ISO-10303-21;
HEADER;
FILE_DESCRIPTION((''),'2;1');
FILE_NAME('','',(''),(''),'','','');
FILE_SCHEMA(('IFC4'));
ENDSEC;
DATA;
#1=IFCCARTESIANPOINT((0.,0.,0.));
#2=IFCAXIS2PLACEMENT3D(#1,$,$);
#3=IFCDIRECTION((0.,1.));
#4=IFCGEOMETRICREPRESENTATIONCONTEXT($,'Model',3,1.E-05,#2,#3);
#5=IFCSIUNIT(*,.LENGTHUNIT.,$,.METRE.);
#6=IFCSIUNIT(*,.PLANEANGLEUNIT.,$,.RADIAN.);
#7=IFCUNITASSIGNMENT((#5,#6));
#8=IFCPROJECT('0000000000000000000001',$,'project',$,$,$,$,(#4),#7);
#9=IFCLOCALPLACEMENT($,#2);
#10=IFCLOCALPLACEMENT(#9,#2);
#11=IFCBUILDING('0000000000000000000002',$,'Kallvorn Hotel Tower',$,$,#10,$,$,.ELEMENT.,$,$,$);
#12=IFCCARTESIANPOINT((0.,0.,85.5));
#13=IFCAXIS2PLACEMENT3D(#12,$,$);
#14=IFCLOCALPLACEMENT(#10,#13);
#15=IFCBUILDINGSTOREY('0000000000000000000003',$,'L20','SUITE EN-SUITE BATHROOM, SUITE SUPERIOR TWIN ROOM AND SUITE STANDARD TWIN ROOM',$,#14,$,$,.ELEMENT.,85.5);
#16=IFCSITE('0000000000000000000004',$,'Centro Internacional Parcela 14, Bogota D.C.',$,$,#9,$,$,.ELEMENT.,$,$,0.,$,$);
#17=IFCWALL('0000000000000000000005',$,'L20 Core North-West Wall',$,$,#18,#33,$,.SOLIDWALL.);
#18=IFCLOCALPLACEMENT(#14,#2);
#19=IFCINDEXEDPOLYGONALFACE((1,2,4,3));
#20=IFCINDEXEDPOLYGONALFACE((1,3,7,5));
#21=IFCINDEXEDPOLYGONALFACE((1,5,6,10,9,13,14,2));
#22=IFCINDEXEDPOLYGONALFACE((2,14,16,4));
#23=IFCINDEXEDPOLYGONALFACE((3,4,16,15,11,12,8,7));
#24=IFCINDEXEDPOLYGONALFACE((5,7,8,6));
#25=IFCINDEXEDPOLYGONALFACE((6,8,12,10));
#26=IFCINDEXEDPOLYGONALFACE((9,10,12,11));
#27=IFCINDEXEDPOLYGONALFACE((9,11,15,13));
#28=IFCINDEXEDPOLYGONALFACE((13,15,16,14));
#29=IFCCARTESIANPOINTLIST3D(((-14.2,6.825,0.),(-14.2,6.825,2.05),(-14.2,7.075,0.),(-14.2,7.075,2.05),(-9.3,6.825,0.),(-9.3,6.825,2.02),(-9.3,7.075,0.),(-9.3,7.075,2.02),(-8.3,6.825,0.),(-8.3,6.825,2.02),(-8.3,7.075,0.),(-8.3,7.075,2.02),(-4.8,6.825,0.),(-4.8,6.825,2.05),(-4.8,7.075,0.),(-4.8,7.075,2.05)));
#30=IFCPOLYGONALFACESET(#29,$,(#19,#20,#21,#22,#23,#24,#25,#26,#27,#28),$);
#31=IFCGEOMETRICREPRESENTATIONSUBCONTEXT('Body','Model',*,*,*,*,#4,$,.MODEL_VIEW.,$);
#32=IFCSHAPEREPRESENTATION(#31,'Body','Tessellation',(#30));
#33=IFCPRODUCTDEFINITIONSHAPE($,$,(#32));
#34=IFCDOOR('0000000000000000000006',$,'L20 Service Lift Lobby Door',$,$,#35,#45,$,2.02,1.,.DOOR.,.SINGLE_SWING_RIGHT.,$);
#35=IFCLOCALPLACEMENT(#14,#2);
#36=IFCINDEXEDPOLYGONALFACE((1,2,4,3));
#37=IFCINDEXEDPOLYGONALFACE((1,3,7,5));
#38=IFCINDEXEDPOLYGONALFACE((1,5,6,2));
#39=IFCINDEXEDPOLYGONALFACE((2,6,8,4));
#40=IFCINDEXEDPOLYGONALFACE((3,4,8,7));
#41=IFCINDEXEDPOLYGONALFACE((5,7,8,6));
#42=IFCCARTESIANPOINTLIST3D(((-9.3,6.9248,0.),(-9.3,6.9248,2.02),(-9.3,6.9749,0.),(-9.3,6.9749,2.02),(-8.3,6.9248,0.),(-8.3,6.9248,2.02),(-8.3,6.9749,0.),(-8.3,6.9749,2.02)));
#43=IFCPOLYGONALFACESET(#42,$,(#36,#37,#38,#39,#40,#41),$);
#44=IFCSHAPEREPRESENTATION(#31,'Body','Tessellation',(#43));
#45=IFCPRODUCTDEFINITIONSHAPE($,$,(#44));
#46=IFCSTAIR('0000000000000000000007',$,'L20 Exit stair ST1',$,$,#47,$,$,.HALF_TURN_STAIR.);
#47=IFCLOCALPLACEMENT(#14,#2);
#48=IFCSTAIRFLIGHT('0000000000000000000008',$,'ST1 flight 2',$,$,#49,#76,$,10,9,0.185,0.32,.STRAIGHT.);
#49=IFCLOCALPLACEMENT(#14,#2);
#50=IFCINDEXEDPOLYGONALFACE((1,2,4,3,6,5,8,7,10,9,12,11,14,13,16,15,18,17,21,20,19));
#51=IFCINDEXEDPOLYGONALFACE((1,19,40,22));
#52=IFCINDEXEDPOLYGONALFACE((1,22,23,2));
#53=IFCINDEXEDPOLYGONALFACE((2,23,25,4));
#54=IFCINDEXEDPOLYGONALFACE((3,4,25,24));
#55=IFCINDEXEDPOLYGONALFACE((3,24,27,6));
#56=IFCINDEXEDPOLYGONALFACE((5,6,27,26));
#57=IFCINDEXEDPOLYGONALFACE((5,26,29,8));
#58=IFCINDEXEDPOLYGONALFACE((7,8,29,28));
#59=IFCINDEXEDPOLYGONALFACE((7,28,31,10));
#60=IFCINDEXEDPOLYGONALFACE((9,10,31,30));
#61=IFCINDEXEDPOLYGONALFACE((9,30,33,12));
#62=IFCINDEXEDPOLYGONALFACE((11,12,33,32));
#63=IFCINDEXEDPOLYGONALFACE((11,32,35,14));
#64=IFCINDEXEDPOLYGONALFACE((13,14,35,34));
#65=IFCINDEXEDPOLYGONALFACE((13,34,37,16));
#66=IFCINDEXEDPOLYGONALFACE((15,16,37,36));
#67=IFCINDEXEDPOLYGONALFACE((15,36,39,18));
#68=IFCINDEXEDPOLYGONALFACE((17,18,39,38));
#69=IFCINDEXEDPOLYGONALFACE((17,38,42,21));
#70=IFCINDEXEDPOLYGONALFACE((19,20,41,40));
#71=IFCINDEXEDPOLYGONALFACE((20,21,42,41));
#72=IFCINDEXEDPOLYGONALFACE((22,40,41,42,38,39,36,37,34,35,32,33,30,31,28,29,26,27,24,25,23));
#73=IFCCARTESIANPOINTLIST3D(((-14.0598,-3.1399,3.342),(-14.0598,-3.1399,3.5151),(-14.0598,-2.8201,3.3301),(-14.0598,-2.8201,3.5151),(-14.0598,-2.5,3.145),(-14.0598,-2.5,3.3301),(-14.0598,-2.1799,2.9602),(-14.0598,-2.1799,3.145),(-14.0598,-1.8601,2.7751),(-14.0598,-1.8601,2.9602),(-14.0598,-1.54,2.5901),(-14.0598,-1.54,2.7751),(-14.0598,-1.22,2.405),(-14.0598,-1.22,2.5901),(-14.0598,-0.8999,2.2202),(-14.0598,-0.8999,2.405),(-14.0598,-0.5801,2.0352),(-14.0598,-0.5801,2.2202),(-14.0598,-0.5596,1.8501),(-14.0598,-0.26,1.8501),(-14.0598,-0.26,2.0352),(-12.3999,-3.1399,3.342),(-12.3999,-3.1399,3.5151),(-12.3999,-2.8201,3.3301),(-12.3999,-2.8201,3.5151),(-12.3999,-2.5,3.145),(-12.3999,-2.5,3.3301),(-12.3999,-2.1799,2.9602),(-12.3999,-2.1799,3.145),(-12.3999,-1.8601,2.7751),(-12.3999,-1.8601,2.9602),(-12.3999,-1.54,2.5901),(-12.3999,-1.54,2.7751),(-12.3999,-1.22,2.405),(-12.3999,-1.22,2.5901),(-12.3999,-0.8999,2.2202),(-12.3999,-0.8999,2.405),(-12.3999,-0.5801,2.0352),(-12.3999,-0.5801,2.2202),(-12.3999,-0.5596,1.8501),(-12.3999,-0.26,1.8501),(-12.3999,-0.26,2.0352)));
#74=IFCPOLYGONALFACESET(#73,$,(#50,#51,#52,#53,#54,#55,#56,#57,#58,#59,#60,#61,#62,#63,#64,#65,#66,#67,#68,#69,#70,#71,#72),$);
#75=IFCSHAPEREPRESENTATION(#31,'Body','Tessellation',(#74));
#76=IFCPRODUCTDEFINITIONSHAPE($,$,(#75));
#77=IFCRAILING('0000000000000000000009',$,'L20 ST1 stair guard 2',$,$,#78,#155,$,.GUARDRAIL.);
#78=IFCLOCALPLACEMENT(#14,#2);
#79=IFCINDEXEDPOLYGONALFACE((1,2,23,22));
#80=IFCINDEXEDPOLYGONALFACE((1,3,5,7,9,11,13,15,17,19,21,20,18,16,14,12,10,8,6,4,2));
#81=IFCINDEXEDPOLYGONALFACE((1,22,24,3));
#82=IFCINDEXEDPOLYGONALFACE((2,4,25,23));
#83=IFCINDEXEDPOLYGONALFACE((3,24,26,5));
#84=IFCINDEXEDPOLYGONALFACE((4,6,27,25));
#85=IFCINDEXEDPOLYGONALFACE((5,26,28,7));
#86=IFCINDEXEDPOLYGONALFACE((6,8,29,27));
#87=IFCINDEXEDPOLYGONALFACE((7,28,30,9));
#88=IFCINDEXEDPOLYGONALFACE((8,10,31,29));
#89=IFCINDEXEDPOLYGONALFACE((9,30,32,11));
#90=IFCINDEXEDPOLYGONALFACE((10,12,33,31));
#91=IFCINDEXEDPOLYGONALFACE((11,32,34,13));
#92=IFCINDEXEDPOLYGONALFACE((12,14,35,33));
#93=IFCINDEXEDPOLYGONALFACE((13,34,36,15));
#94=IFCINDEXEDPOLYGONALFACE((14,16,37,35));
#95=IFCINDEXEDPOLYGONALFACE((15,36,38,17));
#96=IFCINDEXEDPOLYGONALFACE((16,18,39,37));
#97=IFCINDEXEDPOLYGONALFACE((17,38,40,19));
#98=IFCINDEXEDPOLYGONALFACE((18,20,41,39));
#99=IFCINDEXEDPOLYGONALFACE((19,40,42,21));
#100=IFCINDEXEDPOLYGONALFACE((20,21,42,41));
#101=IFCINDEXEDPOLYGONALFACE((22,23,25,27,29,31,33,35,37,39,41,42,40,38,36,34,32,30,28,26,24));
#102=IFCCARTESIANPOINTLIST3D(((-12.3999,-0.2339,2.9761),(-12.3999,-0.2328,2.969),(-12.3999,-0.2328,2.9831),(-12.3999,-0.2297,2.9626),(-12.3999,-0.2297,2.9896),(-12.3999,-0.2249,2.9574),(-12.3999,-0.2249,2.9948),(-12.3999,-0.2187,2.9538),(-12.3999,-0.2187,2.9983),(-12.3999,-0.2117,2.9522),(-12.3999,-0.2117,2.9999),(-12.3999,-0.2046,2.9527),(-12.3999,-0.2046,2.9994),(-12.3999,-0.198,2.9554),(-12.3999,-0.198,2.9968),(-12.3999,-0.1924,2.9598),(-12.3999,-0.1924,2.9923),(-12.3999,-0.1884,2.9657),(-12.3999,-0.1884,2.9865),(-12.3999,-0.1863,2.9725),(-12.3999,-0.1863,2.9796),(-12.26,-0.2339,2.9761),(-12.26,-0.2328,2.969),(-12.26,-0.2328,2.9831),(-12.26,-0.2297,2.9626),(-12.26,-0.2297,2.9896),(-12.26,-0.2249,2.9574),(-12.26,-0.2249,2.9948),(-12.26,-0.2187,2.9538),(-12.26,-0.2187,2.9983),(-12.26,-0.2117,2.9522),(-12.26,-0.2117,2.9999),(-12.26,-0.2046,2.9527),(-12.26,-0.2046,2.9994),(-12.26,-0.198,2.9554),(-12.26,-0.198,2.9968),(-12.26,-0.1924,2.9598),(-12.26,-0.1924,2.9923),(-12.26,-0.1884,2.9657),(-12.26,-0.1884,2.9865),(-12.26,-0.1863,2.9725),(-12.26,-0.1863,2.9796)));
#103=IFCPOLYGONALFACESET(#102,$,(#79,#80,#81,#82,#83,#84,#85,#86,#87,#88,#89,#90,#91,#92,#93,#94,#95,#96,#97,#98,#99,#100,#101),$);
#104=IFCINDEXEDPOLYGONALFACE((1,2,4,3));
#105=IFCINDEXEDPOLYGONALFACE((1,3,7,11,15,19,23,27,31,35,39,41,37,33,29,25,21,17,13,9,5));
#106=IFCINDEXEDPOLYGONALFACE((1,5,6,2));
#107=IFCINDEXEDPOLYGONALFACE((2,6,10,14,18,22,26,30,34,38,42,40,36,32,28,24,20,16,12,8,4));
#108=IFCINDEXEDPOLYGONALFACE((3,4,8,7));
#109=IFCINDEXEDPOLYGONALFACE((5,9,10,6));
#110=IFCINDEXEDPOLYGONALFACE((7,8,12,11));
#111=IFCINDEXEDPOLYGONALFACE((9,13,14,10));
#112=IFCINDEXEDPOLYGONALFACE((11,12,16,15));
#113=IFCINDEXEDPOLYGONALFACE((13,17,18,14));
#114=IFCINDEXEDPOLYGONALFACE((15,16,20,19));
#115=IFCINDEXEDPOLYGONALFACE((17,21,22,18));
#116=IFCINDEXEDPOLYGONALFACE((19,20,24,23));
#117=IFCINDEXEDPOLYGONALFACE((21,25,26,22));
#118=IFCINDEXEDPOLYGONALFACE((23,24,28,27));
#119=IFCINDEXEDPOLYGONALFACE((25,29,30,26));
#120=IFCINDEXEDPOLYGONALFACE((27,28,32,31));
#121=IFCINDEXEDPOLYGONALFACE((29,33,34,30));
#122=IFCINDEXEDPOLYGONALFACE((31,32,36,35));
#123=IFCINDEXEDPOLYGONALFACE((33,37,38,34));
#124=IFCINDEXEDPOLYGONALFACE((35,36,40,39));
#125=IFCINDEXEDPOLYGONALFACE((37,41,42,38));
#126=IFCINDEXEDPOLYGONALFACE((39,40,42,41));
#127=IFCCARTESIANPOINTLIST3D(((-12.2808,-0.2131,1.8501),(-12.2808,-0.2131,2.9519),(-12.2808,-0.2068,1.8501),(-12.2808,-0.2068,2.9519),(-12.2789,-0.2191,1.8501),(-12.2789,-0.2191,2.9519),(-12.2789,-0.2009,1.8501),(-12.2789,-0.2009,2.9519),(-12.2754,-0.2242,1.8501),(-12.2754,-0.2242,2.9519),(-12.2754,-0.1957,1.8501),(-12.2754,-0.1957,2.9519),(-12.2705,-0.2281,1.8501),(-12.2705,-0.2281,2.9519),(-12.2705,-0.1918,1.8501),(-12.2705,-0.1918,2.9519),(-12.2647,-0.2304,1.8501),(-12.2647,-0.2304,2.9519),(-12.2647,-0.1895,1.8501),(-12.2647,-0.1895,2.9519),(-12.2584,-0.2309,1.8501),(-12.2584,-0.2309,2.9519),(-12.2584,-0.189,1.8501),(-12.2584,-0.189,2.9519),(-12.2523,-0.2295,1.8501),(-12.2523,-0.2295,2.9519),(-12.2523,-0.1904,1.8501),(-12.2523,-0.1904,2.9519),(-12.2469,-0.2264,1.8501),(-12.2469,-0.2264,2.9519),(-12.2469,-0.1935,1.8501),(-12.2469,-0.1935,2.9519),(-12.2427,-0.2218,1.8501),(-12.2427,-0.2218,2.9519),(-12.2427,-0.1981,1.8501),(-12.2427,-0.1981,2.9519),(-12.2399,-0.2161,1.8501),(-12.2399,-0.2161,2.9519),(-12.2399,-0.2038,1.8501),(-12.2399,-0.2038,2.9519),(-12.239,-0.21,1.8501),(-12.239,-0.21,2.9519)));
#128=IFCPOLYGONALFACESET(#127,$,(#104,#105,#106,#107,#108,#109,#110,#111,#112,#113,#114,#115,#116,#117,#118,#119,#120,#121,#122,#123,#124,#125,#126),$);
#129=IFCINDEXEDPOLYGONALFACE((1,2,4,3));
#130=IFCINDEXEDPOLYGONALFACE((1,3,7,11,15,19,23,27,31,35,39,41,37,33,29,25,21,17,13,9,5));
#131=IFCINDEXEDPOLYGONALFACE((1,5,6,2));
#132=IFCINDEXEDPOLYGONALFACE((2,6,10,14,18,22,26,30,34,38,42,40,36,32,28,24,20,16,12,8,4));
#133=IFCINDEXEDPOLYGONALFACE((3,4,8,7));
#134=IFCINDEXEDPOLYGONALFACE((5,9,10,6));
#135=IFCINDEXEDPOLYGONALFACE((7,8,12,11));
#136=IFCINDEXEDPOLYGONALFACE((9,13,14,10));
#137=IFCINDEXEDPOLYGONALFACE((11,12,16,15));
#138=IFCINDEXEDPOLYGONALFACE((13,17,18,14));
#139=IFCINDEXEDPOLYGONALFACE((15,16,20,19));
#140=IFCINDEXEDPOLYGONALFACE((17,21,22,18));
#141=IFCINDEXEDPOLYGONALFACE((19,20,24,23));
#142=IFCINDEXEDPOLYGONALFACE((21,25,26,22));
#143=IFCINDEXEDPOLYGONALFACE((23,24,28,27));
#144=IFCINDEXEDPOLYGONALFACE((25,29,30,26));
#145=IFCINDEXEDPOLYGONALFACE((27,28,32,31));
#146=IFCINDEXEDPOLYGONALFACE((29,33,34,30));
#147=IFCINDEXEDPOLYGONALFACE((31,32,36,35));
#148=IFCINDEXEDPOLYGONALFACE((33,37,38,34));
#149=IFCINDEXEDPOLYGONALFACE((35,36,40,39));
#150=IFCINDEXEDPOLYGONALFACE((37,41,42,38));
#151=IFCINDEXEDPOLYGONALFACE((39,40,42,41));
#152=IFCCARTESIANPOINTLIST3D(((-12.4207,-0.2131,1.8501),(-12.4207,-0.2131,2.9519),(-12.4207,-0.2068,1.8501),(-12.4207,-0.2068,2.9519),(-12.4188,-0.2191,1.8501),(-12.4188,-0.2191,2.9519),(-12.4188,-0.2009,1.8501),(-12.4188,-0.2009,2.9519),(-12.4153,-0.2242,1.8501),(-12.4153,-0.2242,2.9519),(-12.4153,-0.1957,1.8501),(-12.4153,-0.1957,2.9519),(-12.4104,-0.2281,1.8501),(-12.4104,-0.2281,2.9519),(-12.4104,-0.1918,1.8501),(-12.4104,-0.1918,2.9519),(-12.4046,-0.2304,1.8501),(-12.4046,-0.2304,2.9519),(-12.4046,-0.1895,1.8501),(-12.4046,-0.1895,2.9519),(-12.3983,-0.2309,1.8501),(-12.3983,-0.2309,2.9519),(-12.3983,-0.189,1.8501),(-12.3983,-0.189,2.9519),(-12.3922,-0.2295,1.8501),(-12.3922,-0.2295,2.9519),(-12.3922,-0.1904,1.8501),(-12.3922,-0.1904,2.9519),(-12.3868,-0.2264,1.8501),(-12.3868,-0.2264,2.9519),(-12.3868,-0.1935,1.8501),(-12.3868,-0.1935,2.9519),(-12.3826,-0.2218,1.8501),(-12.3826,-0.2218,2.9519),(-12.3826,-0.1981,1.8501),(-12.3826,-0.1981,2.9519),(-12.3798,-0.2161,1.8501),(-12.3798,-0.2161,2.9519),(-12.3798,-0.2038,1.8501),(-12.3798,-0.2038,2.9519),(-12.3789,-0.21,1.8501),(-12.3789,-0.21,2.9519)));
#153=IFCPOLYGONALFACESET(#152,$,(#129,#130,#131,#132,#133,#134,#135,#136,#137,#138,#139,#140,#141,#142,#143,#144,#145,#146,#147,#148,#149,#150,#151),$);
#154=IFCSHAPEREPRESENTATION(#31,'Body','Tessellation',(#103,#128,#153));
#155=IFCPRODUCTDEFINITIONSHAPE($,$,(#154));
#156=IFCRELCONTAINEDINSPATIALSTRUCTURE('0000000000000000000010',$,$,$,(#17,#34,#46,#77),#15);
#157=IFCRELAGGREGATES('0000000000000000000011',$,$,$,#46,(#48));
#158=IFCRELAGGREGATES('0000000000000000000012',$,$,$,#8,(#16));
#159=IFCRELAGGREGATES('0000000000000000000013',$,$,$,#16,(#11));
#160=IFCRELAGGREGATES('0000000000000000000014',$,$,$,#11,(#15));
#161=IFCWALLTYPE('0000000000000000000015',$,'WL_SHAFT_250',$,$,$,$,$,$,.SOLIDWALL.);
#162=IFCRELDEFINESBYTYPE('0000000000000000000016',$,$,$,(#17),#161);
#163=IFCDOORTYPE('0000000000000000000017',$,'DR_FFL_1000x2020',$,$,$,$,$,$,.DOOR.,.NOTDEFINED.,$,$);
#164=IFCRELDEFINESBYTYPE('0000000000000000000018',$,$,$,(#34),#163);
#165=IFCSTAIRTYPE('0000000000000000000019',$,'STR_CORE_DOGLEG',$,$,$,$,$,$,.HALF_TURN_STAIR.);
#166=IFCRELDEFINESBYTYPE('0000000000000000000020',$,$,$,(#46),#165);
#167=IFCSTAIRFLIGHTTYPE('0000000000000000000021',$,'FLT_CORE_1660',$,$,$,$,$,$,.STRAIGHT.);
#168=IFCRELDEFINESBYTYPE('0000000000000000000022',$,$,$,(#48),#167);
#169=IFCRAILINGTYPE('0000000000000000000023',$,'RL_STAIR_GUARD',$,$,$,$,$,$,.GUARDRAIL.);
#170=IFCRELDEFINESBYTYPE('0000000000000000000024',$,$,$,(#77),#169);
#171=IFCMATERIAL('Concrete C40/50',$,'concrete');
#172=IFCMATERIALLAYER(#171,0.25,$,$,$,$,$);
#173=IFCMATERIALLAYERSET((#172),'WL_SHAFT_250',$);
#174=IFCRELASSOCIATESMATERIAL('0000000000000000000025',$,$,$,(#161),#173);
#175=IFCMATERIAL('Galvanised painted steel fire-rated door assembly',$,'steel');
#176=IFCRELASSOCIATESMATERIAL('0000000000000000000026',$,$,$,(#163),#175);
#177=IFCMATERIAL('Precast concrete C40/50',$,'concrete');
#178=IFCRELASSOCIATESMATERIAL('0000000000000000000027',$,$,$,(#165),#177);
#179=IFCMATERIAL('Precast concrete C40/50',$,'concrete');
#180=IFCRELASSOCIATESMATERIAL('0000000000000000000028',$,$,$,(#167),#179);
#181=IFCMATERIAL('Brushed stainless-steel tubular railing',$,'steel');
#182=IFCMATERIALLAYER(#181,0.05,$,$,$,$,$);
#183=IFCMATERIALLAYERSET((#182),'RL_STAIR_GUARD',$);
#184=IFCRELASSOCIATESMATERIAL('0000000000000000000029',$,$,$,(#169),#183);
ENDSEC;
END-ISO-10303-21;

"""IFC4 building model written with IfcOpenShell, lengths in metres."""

from ifc_helpers import new_model, si_unit, direction, frame, frame_2d, origin, origin_2d, place, context, subcontext, project, spatial, polyline, rectangle, circle, outline, extrude, material, layer, layer_set, type_object, element, fill, aggregate, save


model = new_model("IFC4")

# Units and contexts
model_context = context("Model", 3, precision=1e-05, world=origin(), true_north=direction((0.0, 1.0)))
body_context = subcontext(model_context, "Body", "Model", "MODEL_VIEW")
ifc_project = project(units=[si_unit("LENGTHUNIT", "METRE"), si_unit("PLANEANGLEUNIT", "RADIAN")], contexts=[model_context])

# Site, building, storey
site_placement = place(None, origin())
site = spatial("IfcSite", under=ifc_project, at=site_placement, Name="Centro Internacional Parcela 14, Bogota D.C.", CompositionType="ELEMENT", RefElevation=0.0)
building_placement = place(site_placement, origin())
building = spatial("IfcBuilding", under=site, at=building_placement, Name="Kallvorn Hotel Tower", CompositionType="ELEMENT")
storey_placement = place(building_placement, frame((0.0, 0.0, 85.5)))
storey = spatial("IfcBuildingStorey", under=building, at=storey_placement, Name="L20", Description="SUITE EN-SUITE BATHROOM, SUITE SUPERIOR TWIN ROOM AND SUITE STANDARD TWIN ROOM", CompositionType="ELEMENT", Elevation=85.5)

# Wall, opening, door
ifc_material_1 = material(Name="Concrete C40/50", Category="concrete")
ifc_layer_1 = layer(ifc_material_1, 0.25)
ifc_layer_set_1 = layer_set([ifc_layer_1], Name="WL_SHAFT_250")
wall_type_1 = type_object("IfcWallType", Name="WL_SHAFT_250", PredefinedType="SOLIDWALL", material=ifc_layer_set_1)
wall_1_placement = place(storey_placement, frame((-14.2, 6.95, 0.0), z_axis=(0.0, 0.0, 1.0), x_axis=(1.0, 0.0, 0.0)))
wall_1 = element("IfcWall", 1, at=wall_1_placement, inside=storey, type_object=wall_type_1, Name="L20 Core North-West Wall", PredefinedType="SOLIDWALL", context=body_context, shape_type="SweptSolid", body=[
    extrude(rectangle(XDim=9.3999, YDim=0.25, at=frame_2d((4.7, 0.0))), origin(), (0.0, 0.0, 1.0), 2.05),
])
opening_1_placement = place(wall_1_placement, frame((4.8999, 0.0, 0.0)))
opening_1 = element("IfcOpeningElement", 2, at=opening_1_placement, cuts=wall_1, PredefinedType="OPENING", context=body_context, shape_type="SweptSolid", body=[
    extrude(rectangle(XDim=1.0, YDim=2.02, at=frame_2d((0.5, 1.01))), frame((0.0, 0.1399, 0.0), z_axis=(0.0, -1.0, 0.0), x_axis=(1.0, 0.0, 0.0)), (0.0, 0.0, 1.0), 0.28),
])
ifc_material_2 = material(Name="Galvanised painted steel fire-rated door assembly", Category="steel")
door_type_1 = type_object("IfcDoorType", Name="DR_FFL_1000x2020", OperationType="NOTDEFINED", PredefinedType="DOOR", material=ifc_material_2)
door_1_placement = place(opening_1_placement, origin())
door_1 = element("IfcDoor", 3, at=door_1_placement, inside=storey, type_object=door_type_1, Name="L20 Service Lift Lobby Door", OperationType="SINGLE_SWING_RIGHT", OverallHeight=2.02, OverallWidth=1.0, PredefinedType="DOOR", context=body_context, shape_type="SweptSolid", body=[
    extrude(rectangle(XDim=1.0, YDim=2.02, at=frame_2d((0.5, 1.01))), frame((0.0, 0.0249, 0.0), z_axis=(0.0, -1.0, 0.0), x_axis=(1.0, 0.0, 0.0)), (0.0, 0.0, 1.0), 0.05),
])
fill(opening_1, door_1)

# Stair, stair flight
ifc_material_3 = material(Name="Precast concrete C40/50", Category="concrete")
stair_type = type_object("IfcStairType", Name="STR_CORE_DOGLEG", PredefinedType="HALF_TURN_STAIR", material=ifc_material_3)
stair_placement = place(storey_placement, origin())
stair = element("IfcStair", 4, at=stair_placement, inside=storey, type_object=stair_type, Name="L20 Exit stair ST1", PredefinedType="HALF_TURN_STAIR")
ifc_material_4 = material(Name="Precast concrete C40/50", Category="concrete")
stair_flight_type = type_object("IfcStairFlightType", Name="FLT_CORE_1660", PredefinedType="STRAIGHT", material=ifc_material_4)
stair_flight_placement = place(storey_placement, frame((-13.23, -0.26, 1.8501), z_axis=(0.0, 0.0, 1.0), x_axis=(0.0, -1.0, 0.0)))
stair_flight = element("IfcStairFlight", 5, at=stair_flight_placement, type_object=stair_flight_type, Name="ST1 flight 2", NumberOfRisers=10, NumberOfTreads=9, PredefinedType="STRAIGHT", RiserHeight=0.185, TreadLength=0.32, context=body_context, shape_type="SweptSolid", body=[
    extrude(outline(polyline([(0.0, 0.0), (0.0, 0.1851), (0.3201, 0.1851), (0.3201, 0.3701), (0.6399, 0.3701), (0.6399, 0.5549), (0.96, 0.5549), (0.96, 0.74), (1.28, 0.74), (1.28, 0.925), (1.6001, 0.925), (1.6001, 1.1101), (1.9199, 1.1101), (1.9199, 1.2949), (2.24, 1.2949), (2.24, 1.48), (2.5601, 1.48), (2.5601, 1.665), (2.8799, 1.665), (2.8799, 1.8501), (2.8799, 1.4919), (0.2996, 0.0), (0.0, 0.0)])), frame((0.0, 0.8301, 0.0), z_axis=(0.0, -1.0, 0.0), x_axis=(1.0, 0.0, 0.0)), (0.0, 0.0, 1.0), 1.6599),
])
aggregate(stair, [stair_flight])

# Railing
ifc_material_5 = material(Name="Brushed stainless-steel tubular railing", Category="steel")
ifc_layer_2 = layer(ifc_material_5, 0.05)
ifc_layer_set_2 = layer_set([ifc_layer_2], Name="RL_STAIR_GUARD")
railing_type_1 = type_object("IfcRailingType", Name="RL_STAIR_GUARD", PredefinedType="GUARDRAIL", material=ifc_layer_set_2)
railing_1_placement = place(storey_placement, frame((-12.26, -0.21, 1.8501)))
element("IfcRailing", 6, at=railing_1_placement, inside=storey, type_object=railing_type_1, Name="L20 ST1 stair guard 2", PredefinedType="GUARDRAIL", context=body_context, shape_type="SweptSolid", body=[
    extrude(circle(Radius=0.0239, at=origin_2d()), frame((0.0, 0.0, 1.126), z_axis=(-1.0, 0.0, 0.0), x_axis=(0.0, -1.0, 0.0)), (0.0, 0.0, 1.0), 0.1399),
    extrude(circle(Radius=0.021, at=origin_2d()), origin(), (0.0, 0.0, 1.0), 1.1018),
    extrude(circle(Radius=0.021, at=origin_2d()), frame((-0.1399, 0.0, 0.0)), (0.0, 0.0, 1.0), 1.1018),
])

save(model, "model.ifc")
